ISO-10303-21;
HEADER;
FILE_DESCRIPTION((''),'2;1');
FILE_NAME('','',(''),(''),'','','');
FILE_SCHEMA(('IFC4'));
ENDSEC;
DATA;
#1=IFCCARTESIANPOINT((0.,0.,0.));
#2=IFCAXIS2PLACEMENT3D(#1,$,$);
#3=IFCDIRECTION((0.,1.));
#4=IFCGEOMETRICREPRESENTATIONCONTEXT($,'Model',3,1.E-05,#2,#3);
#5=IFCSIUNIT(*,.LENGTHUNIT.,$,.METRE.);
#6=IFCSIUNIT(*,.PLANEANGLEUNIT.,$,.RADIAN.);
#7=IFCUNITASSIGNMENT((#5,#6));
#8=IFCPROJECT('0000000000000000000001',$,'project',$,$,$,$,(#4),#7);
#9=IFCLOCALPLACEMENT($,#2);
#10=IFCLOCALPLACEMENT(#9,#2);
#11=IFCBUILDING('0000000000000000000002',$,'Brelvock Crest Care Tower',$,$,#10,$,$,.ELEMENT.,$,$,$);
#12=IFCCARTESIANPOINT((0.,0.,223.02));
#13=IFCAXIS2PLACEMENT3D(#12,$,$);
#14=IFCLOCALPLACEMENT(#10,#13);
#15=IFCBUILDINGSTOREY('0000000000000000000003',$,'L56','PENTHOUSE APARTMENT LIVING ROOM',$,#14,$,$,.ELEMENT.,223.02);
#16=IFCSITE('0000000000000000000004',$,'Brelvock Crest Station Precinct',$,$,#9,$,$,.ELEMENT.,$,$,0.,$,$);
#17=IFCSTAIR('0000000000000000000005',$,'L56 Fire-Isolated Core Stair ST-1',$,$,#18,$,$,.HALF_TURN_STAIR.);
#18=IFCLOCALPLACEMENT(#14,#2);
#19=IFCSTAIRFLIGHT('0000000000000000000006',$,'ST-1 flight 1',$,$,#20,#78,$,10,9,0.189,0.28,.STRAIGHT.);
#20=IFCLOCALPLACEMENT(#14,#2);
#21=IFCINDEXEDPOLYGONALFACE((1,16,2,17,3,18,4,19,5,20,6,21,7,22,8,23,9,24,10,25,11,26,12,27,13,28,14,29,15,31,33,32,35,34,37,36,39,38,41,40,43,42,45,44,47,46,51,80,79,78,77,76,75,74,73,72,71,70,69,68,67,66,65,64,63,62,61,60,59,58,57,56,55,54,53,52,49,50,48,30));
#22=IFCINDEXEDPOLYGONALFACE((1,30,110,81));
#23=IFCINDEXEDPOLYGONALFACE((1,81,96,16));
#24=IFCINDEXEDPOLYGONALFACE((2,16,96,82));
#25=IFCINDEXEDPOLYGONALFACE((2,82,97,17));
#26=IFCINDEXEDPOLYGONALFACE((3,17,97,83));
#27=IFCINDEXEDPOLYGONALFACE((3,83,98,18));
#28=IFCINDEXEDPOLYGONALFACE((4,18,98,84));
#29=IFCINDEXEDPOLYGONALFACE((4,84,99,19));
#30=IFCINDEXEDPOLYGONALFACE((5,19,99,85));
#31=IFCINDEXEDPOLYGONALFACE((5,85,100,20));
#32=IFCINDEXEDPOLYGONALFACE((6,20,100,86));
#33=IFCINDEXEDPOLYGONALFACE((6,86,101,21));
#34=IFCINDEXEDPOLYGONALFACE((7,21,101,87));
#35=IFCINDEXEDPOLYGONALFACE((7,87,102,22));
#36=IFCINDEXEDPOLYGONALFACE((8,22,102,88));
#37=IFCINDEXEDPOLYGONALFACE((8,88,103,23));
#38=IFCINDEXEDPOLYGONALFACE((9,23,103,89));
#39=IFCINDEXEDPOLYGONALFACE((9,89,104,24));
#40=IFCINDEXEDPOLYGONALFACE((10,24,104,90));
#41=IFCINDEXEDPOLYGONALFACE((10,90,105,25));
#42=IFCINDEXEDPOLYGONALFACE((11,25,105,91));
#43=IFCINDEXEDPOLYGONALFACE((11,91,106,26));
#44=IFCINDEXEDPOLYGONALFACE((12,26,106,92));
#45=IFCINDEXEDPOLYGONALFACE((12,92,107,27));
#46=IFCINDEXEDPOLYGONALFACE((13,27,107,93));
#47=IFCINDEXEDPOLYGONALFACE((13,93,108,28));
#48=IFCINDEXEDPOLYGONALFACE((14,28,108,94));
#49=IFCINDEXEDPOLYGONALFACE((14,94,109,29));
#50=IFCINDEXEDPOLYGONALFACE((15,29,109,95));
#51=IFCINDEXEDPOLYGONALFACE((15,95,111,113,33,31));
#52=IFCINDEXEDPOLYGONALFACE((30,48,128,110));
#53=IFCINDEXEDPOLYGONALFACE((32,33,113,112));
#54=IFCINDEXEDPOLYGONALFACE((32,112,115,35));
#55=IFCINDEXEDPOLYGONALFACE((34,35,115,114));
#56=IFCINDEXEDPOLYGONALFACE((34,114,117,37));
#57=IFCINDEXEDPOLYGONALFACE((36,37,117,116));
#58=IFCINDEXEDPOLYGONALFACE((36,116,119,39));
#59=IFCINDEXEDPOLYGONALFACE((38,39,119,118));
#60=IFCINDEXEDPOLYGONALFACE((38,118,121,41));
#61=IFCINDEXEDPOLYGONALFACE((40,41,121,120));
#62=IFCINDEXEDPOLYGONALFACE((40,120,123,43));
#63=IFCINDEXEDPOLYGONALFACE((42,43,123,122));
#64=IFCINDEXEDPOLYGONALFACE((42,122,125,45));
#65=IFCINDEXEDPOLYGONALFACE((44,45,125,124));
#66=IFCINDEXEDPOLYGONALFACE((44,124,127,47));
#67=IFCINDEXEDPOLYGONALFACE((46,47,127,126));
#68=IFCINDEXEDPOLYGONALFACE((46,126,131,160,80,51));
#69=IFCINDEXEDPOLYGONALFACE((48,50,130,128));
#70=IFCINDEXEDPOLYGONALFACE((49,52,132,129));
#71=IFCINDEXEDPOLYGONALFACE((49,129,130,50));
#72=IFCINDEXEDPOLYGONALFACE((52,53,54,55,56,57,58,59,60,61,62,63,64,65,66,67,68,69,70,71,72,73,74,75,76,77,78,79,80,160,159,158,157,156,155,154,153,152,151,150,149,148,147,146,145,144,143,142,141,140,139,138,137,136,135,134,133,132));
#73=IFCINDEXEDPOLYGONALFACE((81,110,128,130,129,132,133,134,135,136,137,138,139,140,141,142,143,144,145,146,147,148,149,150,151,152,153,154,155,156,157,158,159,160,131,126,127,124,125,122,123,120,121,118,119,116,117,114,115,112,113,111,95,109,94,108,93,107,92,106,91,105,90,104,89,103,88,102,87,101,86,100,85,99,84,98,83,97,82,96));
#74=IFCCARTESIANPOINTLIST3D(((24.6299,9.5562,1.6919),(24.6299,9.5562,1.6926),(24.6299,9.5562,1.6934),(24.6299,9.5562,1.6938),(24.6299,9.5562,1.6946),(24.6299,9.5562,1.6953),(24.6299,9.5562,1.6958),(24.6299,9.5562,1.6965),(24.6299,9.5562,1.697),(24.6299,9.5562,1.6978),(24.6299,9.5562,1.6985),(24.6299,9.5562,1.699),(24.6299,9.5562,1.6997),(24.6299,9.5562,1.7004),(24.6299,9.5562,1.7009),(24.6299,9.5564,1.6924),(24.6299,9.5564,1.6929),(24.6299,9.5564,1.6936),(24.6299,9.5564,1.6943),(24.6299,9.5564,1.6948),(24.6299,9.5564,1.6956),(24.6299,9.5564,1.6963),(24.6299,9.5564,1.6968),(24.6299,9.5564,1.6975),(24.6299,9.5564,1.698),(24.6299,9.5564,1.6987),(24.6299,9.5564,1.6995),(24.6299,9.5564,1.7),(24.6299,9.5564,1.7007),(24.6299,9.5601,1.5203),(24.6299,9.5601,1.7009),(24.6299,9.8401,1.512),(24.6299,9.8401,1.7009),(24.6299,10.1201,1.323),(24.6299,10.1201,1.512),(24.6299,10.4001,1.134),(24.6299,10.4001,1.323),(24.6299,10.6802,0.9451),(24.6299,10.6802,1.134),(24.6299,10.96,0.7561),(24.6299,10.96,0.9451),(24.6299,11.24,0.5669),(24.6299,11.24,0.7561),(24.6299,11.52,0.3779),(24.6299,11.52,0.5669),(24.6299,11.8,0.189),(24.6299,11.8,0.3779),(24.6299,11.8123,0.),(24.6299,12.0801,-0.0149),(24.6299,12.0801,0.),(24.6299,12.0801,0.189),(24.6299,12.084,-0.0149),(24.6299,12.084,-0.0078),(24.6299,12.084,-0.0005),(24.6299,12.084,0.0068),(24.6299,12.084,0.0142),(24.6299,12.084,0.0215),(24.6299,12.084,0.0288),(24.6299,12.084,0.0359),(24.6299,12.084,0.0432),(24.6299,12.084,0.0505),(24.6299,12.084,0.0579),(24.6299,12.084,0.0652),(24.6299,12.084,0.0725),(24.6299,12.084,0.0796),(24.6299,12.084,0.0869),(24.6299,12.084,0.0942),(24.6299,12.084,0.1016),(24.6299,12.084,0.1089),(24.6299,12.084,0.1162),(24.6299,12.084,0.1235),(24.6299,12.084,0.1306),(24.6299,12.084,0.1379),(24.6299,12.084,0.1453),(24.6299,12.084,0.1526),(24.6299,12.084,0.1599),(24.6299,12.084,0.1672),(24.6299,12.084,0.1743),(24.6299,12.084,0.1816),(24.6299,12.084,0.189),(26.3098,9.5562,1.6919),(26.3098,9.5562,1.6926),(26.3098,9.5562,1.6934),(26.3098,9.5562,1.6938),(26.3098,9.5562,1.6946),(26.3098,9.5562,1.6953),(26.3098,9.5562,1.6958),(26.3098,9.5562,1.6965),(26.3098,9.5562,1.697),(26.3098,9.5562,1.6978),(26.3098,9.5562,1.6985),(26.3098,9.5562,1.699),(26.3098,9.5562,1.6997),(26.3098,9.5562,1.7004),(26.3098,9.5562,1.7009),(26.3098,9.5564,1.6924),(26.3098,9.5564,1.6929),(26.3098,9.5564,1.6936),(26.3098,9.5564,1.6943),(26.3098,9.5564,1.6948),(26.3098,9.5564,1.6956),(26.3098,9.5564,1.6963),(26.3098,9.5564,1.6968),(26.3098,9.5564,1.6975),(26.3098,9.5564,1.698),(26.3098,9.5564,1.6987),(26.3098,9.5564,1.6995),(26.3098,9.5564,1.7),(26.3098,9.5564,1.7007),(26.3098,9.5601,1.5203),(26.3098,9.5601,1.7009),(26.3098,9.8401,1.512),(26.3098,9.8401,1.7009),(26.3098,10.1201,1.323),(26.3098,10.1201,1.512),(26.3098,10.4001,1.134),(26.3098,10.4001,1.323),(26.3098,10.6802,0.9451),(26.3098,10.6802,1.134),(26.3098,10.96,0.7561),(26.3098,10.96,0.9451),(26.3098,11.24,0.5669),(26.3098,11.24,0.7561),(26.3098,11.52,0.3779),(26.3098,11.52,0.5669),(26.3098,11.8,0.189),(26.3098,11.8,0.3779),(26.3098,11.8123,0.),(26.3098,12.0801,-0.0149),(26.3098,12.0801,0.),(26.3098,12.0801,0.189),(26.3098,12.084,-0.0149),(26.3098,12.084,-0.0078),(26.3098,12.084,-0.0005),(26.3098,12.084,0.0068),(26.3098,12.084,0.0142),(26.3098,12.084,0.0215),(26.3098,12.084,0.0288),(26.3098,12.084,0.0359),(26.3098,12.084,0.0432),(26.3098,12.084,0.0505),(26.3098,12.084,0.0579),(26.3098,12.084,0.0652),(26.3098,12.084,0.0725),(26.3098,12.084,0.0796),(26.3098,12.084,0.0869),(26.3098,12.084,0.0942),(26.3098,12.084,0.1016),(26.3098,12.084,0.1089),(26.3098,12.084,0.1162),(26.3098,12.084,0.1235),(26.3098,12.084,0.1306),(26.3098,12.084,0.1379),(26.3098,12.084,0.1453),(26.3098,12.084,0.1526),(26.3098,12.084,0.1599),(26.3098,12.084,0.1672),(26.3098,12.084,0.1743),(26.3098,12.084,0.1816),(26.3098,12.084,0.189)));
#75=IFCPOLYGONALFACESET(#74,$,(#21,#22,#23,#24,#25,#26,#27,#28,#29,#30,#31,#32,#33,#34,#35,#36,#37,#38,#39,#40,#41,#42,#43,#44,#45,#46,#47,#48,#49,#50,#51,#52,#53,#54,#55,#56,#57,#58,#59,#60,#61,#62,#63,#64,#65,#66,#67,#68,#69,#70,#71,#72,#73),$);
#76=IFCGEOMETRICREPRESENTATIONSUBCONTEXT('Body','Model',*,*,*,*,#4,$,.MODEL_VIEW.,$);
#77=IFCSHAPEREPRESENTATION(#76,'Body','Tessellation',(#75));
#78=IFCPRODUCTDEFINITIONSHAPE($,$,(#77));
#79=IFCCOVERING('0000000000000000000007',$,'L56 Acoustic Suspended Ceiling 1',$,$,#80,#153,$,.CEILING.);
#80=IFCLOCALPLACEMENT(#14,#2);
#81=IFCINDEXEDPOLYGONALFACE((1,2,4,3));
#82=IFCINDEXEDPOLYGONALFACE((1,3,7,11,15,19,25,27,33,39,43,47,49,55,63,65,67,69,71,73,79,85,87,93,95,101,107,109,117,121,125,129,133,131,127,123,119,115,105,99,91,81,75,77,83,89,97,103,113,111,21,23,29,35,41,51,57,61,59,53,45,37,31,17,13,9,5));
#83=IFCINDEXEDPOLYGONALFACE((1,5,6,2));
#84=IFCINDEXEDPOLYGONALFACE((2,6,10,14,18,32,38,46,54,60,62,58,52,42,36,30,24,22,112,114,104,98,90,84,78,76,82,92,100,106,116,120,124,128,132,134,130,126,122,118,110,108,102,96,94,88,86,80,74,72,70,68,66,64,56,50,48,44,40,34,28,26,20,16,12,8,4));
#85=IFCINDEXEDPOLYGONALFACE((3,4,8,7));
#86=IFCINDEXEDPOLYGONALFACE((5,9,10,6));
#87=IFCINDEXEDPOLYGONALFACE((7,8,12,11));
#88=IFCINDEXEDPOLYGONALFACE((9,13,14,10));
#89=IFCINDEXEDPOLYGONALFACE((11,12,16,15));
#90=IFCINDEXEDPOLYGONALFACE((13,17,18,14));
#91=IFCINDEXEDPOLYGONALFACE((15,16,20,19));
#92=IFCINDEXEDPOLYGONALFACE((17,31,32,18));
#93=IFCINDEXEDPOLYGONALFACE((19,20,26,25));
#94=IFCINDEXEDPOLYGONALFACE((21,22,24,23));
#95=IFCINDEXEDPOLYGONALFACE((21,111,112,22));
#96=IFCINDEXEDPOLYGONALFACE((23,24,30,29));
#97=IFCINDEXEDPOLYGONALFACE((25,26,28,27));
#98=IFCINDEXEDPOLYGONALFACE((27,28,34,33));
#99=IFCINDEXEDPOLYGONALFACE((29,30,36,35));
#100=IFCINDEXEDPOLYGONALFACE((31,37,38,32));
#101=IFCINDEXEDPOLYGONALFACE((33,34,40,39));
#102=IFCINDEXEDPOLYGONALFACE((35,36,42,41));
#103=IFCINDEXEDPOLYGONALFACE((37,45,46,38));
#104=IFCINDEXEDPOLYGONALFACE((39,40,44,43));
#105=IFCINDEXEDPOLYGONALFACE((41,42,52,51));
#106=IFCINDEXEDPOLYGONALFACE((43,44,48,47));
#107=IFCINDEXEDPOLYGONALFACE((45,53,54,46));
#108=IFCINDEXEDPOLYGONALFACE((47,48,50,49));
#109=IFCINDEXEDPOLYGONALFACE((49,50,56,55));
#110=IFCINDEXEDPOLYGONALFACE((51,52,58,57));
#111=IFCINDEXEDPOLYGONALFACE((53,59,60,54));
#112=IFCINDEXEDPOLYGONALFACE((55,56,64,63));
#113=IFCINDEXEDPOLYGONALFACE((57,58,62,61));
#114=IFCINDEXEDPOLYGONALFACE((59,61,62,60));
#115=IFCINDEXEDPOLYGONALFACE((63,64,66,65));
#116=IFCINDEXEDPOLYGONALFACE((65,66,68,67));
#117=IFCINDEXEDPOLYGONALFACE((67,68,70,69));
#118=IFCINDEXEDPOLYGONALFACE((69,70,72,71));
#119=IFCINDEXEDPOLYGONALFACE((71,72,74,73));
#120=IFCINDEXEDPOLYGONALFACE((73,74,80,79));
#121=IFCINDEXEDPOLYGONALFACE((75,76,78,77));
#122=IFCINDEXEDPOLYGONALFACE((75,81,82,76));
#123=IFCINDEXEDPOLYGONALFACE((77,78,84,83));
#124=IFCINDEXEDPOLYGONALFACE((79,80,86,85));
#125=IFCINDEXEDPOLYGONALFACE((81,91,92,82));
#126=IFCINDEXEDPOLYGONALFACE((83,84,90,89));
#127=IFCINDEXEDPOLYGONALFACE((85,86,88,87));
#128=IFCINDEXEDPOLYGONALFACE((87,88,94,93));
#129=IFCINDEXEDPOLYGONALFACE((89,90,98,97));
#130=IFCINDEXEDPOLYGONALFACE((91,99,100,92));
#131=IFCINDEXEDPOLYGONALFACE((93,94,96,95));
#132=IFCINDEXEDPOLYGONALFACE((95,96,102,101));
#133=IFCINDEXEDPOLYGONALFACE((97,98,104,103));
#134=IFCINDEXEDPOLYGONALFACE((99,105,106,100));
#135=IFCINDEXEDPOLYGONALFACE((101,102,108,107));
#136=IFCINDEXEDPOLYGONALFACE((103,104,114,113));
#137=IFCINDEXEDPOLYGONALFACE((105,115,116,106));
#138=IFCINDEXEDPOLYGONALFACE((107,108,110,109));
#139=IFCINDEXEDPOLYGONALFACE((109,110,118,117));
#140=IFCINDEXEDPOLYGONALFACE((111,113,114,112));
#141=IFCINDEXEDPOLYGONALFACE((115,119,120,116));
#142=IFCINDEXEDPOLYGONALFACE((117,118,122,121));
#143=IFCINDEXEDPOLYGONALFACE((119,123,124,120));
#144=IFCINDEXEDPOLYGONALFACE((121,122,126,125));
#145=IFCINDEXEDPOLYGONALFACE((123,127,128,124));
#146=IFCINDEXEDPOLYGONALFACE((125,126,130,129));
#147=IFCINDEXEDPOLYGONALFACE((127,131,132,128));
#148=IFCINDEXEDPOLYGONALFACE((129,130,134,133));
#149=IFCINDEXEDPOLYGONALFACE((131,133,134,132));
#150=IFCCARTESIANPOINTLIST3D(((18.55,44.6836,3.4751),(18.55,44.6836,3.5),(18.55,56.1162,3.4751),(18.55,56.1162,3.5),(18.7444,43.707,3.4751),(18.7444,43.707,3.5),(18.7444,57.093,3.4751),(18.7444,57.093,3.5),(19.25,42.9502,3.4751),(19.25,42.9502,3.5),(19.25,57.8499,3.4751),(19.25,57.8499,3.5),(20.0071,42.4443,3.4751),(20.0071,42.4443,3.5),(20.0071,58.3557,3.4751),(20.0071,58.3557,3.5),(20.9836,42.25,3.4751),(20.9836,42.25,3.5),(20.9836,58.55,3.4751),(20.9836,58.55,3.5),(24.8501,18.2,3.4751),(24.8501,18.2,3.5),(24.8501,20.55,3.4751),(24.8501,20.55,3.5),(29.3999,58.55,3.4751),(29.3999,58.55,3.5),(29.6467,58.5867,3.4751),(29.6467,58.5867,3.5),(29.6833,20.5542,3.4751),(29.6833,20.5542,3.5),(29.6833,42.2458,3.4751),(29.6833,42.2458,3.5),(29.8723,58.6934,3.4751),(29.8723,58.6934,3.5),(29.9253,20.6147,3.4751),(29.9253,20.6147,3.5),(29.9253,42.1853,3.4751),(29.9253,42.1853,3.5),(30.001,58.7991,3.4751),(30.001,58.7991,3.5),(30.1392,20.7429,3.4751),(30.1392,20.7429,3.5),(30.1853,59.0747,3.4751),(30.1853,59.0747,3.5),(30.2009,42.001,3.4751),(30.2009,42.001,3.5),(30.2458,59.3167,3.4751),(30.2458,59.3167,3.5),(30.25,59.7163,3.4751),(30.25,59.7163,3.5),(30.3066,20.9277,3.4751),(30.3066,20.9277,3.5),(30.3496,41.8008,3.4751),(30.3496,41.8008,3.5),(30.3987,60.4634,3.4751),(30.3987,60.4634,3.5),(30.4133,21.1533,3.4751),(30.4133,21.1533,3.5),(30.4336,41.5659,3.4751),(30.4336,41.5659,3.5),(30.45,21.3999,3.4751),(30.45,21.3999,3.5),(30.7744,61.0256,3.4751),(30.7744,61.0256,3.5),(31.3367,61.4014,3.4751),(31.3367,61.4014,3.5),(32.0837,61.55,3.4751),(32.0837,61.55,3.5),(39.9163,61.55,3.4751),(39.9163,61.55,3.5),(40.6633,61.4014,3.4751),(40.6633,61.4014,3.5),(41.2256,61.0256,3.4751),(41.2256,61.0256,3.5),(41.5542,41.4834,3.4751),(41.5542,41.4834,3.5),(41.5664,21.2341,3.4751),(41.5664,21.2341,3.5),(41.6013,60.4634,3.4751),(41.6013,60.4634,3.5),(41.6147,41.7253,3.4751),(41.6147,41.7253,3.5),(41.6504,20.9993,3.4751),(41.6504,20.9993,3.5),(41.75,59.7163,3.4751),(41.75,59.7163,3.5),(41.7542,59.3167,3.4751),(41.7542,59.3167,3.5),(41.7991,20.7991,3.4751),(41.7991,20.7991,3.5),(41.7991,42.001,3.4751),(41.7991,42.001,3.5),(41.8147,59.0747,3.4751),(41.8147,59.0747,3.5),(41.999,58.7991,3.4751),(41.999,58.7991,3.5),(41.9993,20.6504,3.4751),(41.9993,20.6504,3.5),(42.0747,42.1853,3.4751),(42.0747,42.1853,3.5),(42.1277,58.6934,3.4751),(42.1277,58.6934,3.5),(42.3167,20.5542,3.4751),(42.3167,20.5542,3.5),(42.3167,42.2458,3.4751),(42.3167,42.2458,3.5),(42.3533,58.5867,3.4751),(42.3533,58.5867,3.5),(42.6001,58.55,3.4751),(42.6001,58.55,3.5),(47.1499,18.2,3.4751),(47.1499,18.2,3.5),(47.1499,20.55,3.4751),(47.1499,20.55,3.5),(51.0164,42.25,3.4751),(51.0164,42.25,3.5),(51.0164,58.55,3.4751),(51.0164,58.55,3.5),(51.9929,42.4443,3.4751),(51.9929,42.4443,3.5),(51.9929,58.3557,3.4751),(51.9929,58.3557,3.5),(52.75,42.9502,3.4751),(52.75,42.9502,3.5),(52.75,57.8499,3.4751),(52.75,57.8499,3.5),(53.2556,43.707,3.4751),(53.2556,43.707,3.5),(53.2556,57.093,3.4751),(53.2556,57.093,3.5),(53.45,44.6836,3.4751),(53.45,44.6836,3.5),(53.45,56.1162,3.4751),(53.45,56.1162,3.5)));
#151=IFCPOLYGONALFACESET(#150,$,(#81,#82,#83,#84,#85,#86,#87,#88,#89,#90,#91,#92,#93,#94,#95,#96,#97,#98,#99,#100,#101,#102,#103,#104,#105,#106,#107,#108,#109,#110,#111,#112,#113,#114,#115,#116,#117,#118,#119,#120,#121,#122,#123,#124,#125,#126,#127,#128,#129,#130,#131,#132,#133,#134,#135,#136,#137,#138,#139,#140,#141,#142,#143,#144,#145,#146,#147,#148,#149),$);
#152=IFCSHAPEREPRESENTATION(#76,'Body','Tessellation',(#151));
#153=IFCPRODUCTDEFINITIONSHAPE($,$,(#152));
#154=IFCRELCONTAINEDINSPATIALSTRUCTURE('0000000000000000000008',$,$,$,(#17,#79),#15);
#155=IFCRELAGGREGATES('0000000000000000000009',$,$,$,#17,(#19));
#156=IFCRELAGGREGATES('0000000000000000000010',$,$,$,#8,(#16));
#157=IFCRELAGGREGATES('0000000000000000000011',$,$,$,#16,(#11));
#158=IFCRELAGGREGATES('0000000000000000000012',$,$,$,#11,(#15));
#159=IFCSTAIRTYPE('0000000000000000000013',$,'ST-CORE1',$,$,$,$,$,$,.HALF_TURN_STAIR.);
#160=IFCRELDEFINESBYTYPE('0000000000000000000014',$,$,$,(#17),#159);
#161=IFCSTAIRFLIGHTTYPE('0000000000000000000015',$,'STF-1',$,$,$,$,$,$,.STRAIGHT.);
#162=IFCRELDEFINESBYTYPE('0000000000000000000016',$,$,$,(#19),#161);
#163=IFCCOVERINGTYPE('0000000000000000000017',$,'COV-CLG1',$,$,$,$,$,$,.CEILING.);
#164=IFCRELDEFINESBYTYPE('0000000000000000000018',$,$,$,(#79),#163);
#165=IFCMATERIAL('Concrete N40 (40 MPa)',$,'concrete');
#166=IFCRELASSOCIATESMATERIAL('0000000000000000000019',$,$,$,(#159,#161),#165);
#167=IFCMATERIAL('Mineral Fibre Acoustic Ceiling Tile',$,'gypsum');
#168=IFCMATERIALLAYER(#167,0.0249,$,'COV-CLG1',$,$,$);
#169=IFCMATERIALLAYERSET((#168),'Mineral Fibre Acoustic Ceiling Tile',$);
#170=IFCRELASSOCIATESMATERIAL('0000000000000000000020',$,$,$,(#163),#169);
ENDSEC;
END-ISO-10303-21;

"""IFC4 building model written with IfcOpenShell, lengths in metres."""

from ifc_helpers import new_model, si_unit, direction, frame, origin, place, context, subcontext, project, spatial, polyline, outline, extrude, material, layer, layer_set, type_object, element, aggregate, save


model = new_model("IFC4")

# Units and contexts
model_context = context("Model", 3, precision=1e-05, world=origin(), true_north=direction((0.0, 1.0)))
body_context = subcontext(model_context, "Body", "Model", "MODEL_VIEW")
ifc_project = project(units=[si_unit("LENGTHUNIT", "METRE"), si_unit("PLANEANGLEUNIT", "RADIAN")], contexts=[model_context])

# Site, building, storey
site_placement = place(None, origin())
site = spatial("IfcSite", under=ifc_project, at=site_placement, Name="Brelvock Crest Station Precinct", CompositionType="ELEMENT", RefElevation=0.0)
building_placement = place(site_placement, origin())
building = spatial("IfcBuilding", under=site, at=building_placement, Name="Brelvock Crest Care Tower", CompositionType="ELEMENT")
storey_placement = place(building_placement, frame((0.0, 0.0, 223.02)))
storey = spatial("IfcBuildingStorey", under=building, at=storey_placement, Name="L56", Description="PENTHOUSE APARTMENT LIVING ROOM", CompositionType="ELEMENT", Elevation=223.02)

# Stair
ifc_material_1 = material(Name="Concrete N40 (40 MPa)", Category="concrete")
stair_type = type_object("IfcStairType", Name="ST-CORE1", PredefinedType="HALF_TURN_STAIR", material=ifc_material_1)
stair_1_placement = place(storey_placement, origin())
stair_1 = element("IfcStair", 1, at=stair_1_placement, inside=storey, type_object=stair_type, Name="L56 Fire-Isolated Core Stair ST-1", PredefinedType="HALF_TURN_STAIR")

# Stair flight
stair_flight_type = type_object("IfcStairFlightType", Name="STF-1", PredefinedType="STRAIGHT", material=ifc_material_1)
stair_flight_placement = place(storey_placement, frame((25.47, 12.0801, 0.0), z_axis=(0.0, 0.0, 1.0), x_axis=(0.0, -1.0, 0.0)))
stair_flight = element("IfcStairFlight", 2, at=stair_flight_placement, type_object=stair_flight_type, Name="ST-1 flight 1", NumberOfRisers=10, NumberOfTreads=9, PredefinedType="STRAIGHT", RiserHeight=0.189, TreadLength=0.28, context=body_context, shape_type="SweptSolid", body=[
    extrude(outline(polyline([(-0.0039, -0.0149), (-0.0039, -0.0078), (-0.0039, -0.0005), (-0.0039, 0.0068), (-0.0039, 0.0142), (-0.0039, 0.0215), (-0.0039, 0.0288), (-0.0039, 0.0359), (-0.0039, 0.0432), (-0.0039, 0.0505), (-0.0039, 0.0579), (-0.0039, 0.0652), (-0.0039, 0.0725), (-0.0039, 0.0796), (-0.0039, 0.0869), (-0.0039, 0.0942), (-0.0039, 0.1016), (-0.0039, 0.1089), (-0.0039, 0.1162), (-0.0039, 0.1235), (-0.0039, 0.1306), (-0.0039, 0.1379), (-0.0039, 0.1453), (-0.0039, 0.1526), (-0.0039, 0.1599), (-0.0039, 0.1672), (-0.0039, 0.1743), (-0.0039, 0.1816), (-0.0039, 0.189), (0.0, 0.189), (0.28, 0.189), (0.28, 0.3779), (0.5601, 0.3779), (0.5601, 0.5669), (0.8401, 0.5669), (0.8401, 0.7561), (1.1201, 0.7561), (1.1201, 0.9451), (1.3999, 0.9451), (1.3999, 1.134), (1.6799, 1.134), (1.6799, 1.323), (1.96, 1.323), (1.96, 1.512), (2.24, 1.512), (2.24, 1.7009), (2.52, 1.7009), (2.5239, 1.7009), (2.5237, 1.7007), (2.5239, 1.7004), (2.5237, 1.7), (2.5239, 1.6997), (2.5237, 1.6995), (2.5239, 1.699), (2.5237, 1.6987), (2.5239, 1.6985), (2.5237, 1.698), (2.5239, 1.6978), (2.5237, 1.6975), (2.5239, 1.697), (2.5237, 1.6968), (2.5239, 1.6965), (2.5237, 1.6963), (2.5239, 1.6958), (2.5237, 1.6956), (2.5239, 1.6953), (2.5237, 1.6948), (2.5239, 1.6946), (2.5237, 1.6943), (2.5239, 1.6938), (2.5237, 1.6936), (2.5239, 1.6934), (2.5237, 1.6929), (2.5239, 1.6926), (2.5237, 1.6924), (2.5239, 1.6919), (2.52, 1.5203), (0.2678, 0.0), (0.0, 0.0), (0.0, -0.0149), (-0.0039, -0.0149)])), frame((0.0, 0.8398, 0.0), z_axis=(0.0, -1.0, 0.0), x_axis=(1.0, 0.0, 0.0)), (0.0, 0.0, 1.0), 1.6799),
])
aggregate(stair_1, [stair_flight])

# Covering
ifc_material_2 = material(Name="Mineral Fibre Acoustic Ceiling Tile", Category="gypsum")
ifc_layer_1 = layer(ifc_material_2, 0.0249, Name="COV-CLG1")
ifc_layer_set_1 = layer_set([ifc_layer_1], Name="Mineral Fibre Acoustic Ceiling Tile")
covering_type_1 = type_object("IfcCoveringType", Name="COV-CLG1", PredefinedType="CEILING", material=ifc_layer_set_1)
covering_1_placement = place(storey_placement, frame((0.0, 0.0, 3.4751)))
element("IfcCovering", 3, at=covering_1_placement, inside=storey, type_object=covering_type_1, Name="L56 Acoustic Suspended Ceiling 1", PredefinedType="CEILING", context=body_context, shape_type="SweptSolid", body=[
    extrude(outline(polyline([(24.8501, 18.2), (47.1499, 18.2), (47.1499, 20.55), (42.3167, 20.5542), (41.9993, 20.6504), (41.7991, 20.7991), (41.6504, 20.9993), (41.5664, 21.2341), (41.5542, 41.4834), (41.6147, 41.7253), (41.7991, 42.001), (42.0747, 42.1853), (42.3167, 42.2458), (51.0164, 42.25), (51.9929, 42.4443), (52.75, 42.9502), (53.2556, 43.707), (53.45, 44.6836), (53.45, 56.1162), (53.2556, 57.093), (52.75, 57.8499), (51.9929, 58.3557), (51.0164, 58.55), (42.6001, 58.55), (42.3533, 58.5867), (42.1277, 58.6934), (41.999, 58.7991), (41.8147, 59.0747), (41.7542, 59.3167), (41.75, 59.7163), (41.6013, 60.4634), (41.2256, 61.0256), (40.6633, 61.4014), (39.9163, 61.55), (32.0837, 61.55), (31.3367, 61.4014), (30.7744, 61.0256), (30.3987, 60.4634), (30.25, 59.7163), (30.2458, 59.3167), (30.1853, 59.0747), (30.001, 58.7991), (29.8723, 58.6934), (29.6467, 58.5867), (29.3999, 58.55), (20.9836, 58.55), (20.0071, 58.3557), (19.25, 57.8499), (18.7444, 57.093), (18.55, 56.1162), (18.55, 44.6836), (18.7444, 43.707), (19.25, 42.9502), (20.0071, 42.4443), (20.9836, 42.25), (29.6833, 42.2458), (29.9253, 42.1853), (30.2009, 42.001), (30.3496, 41.8008), (30.4336, 41.5659), (30.45, 21.3999), (30.4133, 21.1533), (30.3066, 20.9277), (30.1392, 20.7429), (29.9253, 20.6147), (29.6833, 20.5542), (24.8501, 20.55), (24.8501, 18.2)])), origin(), (0.0, 0.0, 1.0), 0.0249),
])

save(model, "model.ifc")
